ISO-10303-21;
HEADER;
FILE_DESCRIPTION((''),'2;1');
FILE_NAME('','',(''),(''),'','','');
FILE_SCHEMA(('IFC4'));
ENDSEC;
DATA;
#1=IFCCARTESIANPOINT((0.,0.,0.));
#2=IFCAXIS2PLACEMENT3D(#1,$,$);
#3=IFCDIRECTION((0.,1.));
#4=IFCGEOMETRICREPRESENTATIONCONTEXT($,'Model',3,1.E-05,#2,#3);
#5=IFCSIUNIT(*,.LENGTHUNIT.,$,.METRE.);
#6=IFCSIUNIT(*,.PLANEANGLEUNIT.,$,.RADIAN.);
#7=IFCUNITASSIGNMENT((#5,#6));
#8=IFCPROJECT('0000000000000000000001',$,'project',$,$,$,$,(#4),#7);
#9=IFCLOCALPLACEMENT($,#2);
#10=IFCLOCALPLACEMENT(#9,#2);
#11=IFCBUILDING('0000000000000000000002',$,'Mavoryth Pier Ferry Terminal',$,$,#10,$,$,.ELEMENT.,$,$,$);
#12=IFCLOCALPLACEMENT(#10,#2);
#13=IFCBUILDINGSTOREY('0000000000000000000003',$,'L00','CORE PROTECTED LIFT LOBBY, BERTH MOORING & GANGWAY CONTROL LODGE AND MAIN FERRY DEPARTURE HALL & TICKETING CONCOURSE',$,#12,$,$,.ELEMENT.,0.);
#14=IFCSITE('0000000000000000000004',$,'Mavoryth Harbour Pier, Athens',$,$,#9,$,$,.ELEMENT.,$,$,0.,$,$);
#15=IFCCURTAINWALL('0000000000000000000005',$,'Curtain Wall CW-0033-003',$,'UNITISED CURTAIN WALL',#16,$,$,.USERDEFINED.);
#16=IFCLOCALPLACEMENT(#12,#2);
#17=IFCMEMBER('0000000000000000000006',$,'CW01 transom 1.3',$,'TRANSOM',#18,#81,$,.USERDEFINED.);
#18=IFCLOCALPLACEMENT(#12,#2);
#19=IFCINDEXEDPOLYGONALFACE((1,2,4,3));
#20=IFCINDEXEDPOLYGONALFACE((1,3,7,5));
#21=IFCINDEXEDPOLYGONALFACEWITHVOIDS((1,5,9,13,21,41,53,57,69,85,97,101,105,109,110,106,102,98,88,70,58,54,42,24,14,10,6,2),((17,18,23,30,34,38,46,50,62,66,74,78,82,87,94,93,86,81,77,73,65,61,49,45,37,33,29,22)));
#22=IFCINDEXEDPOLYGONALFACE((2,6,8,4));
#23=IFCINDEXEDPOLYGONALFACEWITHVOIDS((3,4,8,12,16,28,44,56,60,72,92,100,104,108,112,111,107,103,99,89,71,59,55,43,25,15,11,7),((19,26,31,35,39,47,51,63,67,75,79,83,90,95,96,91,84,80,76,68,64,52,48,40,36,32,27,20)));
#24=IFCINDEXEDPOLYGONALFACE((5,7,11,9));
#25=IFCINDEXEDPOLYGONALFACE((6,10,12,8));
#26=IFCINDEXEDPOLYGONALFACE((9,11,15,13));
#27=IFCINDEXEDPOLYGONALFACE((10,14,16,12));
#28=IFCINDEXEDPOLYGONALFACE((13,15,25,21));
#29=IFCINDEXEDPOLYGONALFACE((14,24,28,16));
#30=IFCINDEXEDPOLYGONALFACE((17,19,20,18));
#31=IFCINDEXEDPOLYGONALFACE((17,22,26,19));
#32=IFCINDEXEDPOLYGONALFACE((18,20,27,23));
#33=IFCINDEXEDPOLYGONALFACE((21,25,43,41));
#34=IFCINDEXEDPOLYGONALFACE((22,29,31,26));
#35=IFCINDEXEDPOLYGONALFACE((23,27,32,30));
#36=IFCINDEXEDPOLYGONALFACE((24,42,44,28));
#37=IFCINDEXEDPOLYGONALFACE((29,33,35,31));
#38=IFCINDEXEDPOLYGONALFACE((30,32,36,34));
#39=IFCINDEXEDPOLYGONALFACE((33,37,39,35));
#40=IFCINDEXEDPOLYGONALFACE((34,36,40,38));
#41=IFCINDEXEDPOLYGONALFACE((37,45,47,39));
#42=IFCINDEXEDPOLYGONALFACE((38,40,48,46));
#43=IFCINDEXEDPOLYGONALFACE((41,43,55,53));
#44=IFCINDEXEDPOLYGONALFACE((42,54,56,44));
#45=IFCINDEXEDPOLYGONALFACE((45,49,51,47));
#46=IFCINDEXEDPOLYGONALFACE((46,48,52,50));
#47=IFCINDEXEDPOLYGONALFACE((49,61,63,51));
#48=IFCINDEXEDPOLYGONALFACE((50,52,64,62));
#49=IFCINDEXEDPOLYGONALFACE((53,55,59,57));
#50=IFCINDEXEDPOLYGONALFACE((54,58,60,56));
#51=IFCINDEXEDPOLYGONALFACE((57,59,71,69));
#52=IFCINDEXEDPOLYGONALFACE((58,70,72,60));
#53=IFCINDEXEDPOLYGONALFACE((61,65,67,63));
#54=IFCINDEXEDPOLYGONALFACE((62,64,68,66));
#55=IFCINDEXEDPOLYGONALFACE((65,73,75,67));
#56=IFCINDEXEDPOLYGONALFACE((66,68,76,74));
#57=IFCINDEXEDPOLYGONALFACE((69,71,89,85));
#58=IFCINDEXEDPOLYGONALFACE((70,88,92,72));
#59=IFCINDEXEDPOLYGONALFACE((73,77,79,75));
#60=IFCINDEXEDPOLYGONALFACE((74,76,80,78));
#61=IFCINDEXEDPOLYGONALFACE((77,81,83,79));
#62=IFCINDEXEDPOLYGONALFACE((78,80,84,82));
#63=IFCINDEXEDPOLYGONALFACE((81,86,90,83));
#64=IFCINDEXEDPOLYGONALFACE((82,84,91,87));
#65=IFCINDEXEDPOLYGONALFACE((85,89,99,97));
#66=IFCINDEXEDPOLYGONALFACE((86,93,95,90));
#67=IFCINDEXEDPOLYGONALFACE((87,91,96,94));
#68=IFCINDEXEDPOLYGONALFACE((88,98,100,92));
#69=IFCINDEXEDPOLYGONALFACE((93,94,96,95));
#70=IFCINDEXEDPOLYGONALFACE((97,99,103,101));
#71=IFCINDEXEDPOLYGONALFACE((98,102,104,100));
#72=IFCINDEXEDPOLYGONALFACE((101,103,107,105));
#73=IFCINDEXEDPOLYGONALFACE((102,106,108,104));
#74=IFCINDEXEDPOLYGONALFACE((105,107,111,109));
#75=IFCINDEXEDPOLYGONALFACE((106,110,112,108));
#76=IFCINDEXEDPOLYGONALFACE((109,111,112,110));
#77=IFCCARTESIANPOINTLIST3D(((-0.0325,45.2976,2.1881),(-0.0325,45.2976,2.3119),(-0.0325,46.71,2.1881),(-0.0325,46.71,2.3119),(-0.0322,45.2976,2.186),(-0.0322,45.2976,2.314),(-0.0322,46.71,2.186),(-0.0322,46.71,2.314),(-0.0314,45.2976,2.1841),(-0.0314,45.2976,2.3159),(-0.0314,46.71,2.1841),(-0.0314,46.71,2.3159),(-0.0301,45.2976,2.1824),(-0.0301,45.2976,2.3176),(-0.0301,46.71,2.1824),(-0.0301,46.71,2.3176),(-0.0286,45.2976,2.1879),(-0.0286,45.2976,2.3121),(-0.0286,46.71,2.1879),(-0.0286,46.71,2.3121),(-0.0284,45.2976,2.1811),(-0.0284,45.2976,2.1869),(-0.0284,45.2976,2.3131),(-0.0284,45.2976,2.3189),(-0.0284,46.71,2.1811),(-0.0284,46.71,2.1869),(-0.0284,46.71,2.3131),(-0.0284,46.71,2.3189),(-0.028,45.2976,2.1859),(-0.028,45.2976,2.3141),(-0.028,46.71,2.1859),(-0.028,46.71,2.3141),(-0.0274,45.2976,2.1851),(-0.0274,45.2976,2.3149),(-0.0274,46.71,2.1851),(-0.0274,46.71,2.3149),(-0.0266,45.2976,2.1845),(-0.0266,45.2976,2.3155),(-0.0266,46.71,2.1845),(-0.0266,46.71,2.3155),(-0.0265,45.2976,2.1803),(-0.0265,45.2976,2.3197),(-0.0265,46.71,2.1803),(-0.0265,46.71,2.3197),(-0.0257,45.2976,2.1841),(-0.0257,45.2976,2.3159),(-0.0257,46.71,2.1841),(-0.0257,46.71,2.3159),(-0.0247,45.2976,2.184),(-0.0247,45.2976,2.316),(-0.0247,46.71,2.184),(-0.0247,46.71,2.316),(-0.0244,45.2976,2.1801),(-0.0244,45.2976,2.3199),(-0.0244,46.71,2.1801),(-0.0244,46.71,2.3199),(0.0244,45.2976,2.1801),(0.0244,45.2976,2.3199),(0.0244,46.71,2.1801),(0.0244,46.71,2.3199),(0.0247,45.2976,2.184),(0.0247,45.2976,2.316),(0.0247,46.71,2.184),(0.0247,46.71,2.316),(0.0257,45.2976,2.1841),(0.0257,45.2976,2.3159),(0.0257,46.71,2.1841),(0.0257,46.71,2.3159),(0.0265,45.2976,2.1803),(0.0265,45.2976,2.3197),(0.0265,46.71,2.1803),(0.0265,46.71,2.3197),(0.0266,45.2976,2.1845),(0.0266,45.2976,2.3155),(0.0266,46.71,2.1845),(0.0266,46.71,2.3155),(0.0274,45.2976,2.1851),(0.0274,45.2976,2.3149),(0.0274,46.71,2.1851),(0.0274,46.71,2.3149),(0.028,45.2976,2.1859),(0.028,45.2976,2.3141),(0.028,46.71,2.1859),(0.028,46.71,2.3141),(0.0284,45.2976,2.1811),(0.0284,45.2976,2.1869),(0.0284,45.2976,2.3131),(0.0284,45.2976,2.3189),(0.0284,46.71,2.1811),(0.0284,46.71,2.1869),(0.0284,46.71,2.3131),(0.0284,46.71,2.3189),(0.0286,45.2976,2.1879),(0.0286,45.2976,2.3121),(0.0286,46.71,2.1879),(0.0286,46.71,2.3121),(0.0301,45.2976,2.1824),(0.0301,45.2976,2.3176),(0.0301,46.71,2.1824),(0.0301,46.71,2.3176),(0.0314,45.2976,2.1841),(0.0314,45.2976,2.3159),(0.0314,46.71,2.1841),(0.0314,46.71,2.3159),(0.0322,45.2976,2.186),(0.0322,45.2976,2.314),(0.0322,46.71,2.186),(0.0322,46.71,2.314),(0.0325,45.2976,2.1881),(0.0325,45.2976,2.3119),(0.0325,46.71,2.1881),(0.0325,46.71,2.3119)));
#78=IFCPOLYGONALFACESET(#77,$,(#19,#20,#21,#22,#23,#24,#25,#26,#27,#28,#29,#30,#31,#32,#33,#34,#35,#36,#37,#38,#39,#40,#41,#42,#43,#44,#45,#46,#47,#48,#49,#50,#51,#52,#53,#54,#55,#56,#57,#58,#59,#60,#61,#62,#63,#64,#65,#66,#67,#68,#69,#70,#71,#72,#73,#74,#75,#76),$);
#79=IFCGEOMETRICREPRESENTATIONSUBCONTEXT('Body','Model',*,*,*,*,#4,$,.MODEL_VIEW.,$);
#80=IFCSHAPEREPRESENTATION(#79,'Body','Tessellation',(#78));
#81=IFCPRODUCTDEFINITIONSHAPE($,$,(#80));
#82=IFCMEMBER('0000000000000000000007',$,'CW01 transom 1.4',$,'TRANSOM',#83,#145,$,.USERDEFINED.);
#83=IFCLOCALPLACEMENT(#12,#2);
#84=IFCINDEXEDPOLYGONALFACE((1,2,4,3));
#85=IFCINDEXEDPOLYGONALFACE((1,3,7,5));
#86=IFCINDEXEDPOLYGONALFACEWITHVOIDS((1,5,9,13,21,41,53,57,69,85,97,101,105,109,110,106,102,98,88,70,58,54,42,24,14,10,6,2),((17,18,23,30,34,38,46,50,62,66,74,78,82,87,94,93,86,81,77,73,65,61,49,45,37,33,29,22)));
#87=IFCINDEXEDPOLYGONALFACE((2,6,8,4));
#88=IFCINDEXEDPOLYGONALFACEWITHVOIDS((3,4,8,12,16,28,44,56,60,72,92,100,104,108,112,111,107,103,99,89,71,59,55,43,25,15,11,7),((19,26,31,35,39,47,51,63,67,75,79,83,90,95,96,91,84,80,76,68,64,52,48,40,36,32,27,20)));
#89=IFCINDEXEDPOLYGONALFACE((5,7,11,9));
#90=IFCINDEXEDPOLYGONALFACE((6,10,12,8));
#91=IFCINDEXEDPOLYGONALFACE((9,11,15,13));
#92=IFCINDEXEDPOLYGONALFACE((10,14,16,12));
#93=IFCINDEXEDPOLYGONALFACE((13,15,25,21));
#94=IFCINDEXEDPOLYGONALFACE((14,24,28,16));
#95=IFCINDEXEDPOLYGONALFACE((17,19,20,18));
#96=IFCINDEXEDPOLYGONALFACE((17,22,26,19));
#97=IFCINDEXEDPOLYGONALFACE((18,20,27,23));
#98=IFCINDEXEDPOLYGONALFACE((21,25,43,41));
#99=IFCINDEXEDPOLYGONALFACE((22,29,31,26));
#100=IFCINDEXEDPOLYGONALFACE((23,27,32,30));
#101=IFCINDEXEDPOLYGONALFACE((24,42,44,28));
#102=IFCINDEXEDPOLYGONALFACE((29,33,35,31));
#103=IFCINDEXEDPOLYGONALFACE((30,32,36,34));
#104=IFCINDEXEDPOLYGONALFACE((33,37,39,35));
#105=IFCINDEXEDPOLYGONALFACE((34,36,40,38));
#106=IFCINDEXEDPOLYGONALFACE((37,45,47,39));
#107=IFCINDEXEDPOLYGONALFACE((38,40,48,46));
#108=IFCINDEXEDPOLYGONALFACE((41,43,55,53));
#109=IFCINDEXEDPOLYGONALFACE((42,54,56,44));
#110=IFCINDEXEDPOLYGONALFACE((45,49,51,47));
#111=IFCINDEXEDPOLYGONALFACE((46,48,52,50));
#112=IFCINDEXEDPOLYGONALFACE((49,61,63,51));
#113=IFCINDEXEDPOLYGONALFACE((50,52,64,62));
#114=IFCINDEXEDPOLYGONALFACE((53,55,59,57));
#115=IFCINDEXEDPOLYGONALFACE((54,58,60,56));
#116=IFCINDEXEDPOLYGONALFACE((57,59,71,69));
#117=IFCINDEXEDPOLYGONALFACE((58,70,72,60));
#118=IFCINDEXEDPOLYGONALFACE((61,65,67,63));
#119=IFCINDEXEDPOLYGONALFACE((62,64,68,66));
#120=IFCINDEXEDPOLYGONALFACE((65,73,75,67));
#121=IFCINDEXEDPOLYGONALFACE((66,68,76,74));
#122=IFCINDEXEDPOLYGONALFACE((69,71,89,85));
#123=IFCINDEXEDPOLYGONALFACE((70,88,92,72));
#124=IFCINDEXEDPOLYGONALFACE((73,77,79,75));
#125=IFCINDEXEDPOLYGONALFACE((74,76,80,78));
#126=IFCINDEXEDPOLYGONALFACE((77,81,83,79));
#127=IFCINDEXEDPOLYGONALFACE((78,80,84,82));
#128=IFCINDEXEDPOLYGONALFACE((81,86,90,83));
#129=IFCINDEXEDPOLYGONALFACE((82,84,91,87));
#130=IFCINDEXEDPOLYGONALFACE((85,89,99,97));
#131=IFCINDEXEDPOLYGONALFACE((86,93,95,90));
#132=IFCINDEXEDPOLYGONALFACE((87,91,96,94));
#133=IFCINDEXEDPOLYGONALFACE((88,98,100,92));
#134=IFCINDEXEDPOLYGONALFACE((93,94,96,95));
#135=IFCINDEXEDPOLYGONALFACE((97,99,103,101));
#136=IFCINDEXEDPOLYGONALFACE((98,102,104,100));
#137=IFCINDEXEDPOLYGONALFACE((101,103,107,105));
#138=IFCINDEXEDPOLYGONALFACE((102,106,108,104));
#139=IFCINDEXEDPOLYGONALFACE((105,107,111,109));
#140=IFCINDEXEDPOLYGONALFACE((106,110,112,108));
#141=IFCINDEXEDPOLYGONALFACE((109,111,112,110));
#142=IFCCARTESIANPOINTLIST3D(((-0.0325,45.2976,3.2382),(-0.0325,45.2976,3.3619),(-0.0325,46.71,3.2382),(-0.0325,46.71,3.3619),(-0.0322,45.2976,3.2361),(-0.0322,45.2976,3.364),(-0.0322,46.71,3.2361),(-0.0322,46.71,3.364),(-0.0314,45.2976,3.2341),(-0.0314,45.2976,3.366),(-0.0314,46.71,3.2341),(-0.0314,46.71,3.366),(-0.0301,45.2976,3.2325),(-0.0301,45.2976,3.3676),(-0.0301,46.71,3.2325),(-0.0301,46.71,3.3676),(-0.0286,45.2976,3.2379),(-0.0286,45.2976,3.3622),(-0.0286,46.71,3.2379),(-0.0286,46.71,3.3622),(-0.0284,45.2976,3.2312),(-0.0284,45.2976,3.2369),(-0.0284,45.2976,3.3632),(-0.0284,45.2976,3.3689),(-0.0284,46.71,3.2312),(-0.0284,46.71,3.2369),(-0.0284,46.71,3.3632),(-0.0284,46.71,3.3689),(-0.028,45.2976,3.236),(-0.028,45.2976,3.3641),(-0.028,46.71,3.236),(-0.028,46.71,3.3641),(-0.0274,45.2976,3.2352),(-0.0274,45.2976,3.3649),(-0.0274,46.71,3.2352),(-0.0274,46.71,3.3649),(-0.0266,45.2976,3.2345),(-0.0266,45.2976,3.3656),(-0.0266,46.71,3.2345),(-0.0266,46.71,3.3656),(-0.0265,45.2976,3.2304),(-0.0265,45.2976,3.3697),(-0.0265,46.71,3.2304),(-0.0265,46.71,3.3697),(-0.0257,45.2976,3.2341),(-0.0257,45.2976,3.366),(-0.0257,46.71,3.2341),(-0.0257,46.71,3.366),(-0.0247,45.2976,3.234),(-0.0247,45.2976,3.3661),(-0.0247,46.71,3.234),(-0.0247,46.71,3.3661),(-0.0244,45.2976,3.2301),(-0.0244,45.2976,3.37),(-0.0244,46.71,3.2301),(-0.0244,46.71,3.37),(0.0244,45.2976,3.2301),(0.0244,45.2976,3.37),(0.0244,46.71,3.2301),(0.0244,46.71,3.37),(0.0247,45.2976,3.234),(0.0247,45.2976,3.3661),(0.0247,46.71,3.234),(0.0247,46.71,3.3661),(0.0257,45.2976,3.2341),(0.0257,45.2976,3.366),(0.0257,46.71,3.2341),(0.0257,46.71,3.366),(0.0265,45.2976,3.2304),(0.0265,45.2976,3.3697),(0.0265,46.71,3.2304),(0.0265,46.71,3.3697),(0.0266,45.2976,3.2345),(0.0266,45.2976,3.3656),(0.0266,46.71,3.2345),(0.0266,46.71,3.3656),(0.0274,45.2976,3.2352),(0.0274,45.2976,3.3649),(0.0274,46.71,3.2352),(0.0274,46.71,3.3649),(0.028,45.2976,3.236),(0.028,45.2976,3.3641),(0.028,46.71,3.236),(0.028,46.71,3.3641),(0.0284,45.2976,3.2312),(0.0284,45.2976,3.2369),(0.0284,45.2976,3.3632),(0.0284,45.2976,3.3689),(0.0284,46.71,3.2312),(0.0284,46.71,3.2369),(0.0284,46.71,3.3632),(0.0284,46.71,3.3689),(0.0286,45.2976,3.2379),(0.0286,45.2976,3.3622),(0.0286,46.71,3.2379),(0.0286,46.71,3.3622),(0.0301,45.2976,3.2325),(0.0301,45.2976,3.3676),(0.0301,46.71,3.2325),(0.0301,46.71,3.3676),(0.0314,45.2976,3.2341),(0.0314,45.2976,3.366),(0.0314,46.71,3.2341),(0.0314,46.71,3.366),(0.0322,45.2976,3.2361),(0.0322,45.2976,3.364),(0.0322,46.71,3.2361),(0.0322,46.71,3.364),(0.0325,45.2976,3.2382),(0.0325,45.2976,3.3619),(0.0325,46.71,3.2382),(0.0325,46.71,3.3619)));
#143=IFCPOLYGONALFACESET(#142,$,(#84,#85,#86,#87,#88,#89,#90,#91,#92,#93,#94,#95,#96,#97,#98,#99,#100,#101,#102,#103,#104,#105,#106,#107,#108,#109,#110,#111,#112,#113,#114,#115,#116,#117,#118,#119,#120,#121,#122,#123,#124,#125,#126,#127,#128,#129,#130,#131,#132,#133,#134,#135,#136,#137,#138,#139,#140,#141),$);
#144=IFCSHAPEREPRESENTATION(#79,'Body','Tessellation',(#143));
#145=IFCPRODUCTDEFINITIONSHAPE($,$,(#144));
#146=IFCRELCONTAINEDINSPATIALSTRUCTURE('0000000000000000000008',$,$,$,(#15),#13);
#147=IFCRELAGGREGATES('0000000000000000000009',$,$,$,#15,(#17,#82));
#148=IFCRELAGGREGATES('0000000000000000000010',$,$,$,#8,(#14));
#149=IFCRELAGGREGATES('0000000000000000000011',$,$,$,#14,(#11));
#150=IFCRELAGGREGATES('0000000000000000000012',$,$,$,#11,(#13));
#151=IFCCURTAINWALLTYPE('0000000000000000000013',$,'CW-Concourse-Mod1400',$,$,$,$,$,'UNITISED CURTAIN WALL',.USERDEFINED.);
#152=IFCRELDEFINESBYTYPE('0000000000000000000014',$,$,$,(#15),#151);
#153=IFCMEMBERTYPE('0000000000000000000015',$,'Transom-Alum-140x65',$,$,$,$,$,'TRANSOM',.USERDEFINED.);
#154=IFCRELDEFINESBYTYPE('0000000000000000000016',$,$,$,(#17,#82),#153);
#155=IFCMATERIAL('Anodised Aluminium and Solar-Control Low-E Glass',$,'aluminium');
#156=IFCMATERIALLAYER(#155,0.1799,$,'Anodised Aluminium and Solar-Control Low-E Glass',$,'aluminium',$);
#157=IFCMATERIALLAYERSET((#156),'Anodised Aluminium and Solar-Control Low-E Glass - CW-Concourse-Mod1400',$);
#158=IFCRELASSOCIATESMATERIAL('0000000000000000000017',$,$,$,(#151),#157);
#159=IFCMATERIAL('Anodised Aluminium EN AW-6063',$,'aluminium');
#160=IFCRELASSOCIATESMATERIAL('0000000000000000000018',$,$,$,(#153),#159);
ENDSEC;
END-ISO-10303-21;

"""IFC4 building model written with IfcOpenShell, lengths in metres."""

from ifc_helpers import new_model, si_unit, direction, frame, origin, origin_2d, place, context, subcontext, project, spatial, hollow_rectangle, extrude, material, layer, layer_set, material_profile, profile_set, type_object, element, aggregate, save


model = new_model("IFC4")

# Units and contexts
model_context = context("Model", 3, precision=1e-05, world=origin(), true_north=direction((0.0, 1.0)))
body_context = subcontext(model_context, "Body", "Model", "MODEL_VIEW")
ifc_project = project(units=[si_unit("LENGTHUNIT", "METRE"), si_unit("PLANEANGLEUNIT", "RADIAN")], contexts=[model_context])

# Site, building, storey
site_placement = place(None, origin())
site = spatial("IfcSite", under=ifc_project, at=site_placement, Name="Mavoryth Harbour Pier, Athens", CompositionType="ELEMENT", RefElevation=0.0)
building_placement = place(site_placement, origin())
building = spatial("IfcBuilding", under=site, at=building_placement, Name="Mavoryth Pier Ferry Terminal", CompositionType="ELEMENT")
storey_placement = place(building_placement, origin())
storey = spatial("IfcBuildingStorey", under=building, at=storey_placement, Name="L00", Description="CORE PROTECTED LIFT LOBBY, BERTH MOORING & GANGWAY CONTROL LODGE AND MAIN FERRY DEPARTURE HALL & TICKETING CONCOURSE", CompositionType="ELEMENT", Elevation=0.0)

# Curtain wall
ifc_material_1 = material(Name="Anodised Aluminium and Solar-Control Low-E Glass", Category="aluminium")
ifc_layer_1 = layer(ifc_material_1, 0.1799, Name="Anodised Aluminium and Solar-Control Low-E Glass", Category="aluminium")
ifc_layer_set_1 = layer_set([ifc_layer_1], Name="Anodised Aluminium and Solar-Control Low-E Glass - CW-Concourse-Mod1400")
curtain_wall_type = type_object("IfcCurtainWallType", Name="CW-Concourse-Mod1400", ElementType="UNITISED CURTAIN WALL", PredefinedType="USERDEFINED", material=ifc_layer_set_1)
curtain_wall_1_placement = place(storey_placement, origin())
curtain_wall_1 = element("IfcCurtainWall", 1, at=curtain_wall_1_placement, inside=storey, type_object=curtain_wall_type, Name="Curtain Wall CW-0033-003", ObjectType="UNITISED CURTAIN WALL", PredefinedType="USERDEFINED")
ifc_material_2 = material(Name="Anodised Aluminium EN AW-6063", Category="aluminium")

# Members
ifc_material_profile_1 = material_profile(ifc_material_2, hollow_rectangle(XDim=0.0649, YDim=0.1399, WallThickness=0.0039, InnerFilletRadius=0.0039, OuterFilletRadius=0.0081, at=origin_2d()), Name="AL-TRAN 140x65x4", Category="aluminium")
ifc_profile_set_1 = profile_set([ifc_material_profile_1], Name="Anodised Aluminium EN AW-6063 - AL-TRAN 140x65x4")
member_type_1 = type_object("IfcMemberType", Name="Transom-Alum-140x65", ElementType="TRANSOM", PredefinedType="USERDEFINED", material=ifc_profile_set_1)
member_1_placement = place(storey_placement, frame((0.0, 46.71, 2.25), z_axis=(0.0, -1.0, 0.0), x_axis=(1.0, 0.0, 0.0)))
member_1 = element("IfcMember", 2, at=member_1_placement, type_object=member_type_1, Name="CW01 transom 1.3", ObjectType="TRANSOM", PredefinedType="USERDEFINED", context=body_context, shape_type="SweptSolid", body=[
    extrude(hollow_rectangle(XDim=0.0649, YDim=0.1399, WallThickness=0.0039, InnerFilletRadius=0.0039, OuterFilletRadius=0.0081, at=origin_2d()), origin(), (0.0, 0.0, 1.0), 1.4124),
])
member_2_placement = place(storey_placement, frame((0.0, 46.71, 3.3), z_axis=(0.0, -1.0, 0.0), x_axis=(1.0, 0.0, 0.0)))
member_2 = element("IfcMember", 3, at=member_2_placement, type_object=member_type_1, Name="CW01 transom 1.4", ObjectType="TRANSOM", PredefinedType="USERDEFINED", context=body_context, shape_type="SweptSolid", body=[
    extrude(hollow_rectangle(XDim=0.0649, YDim=0.1399, WallThickness=0.0039, InnerFilletRadius=0.0039, OuterFilletRadius=0.0081, at=origin_2d()), origin(), (0.0, 0.0, 1.0), 1.4124),
])

aggregate(curtain_wall_1, [member_1, member_2])

save(model, "model.ifc")
